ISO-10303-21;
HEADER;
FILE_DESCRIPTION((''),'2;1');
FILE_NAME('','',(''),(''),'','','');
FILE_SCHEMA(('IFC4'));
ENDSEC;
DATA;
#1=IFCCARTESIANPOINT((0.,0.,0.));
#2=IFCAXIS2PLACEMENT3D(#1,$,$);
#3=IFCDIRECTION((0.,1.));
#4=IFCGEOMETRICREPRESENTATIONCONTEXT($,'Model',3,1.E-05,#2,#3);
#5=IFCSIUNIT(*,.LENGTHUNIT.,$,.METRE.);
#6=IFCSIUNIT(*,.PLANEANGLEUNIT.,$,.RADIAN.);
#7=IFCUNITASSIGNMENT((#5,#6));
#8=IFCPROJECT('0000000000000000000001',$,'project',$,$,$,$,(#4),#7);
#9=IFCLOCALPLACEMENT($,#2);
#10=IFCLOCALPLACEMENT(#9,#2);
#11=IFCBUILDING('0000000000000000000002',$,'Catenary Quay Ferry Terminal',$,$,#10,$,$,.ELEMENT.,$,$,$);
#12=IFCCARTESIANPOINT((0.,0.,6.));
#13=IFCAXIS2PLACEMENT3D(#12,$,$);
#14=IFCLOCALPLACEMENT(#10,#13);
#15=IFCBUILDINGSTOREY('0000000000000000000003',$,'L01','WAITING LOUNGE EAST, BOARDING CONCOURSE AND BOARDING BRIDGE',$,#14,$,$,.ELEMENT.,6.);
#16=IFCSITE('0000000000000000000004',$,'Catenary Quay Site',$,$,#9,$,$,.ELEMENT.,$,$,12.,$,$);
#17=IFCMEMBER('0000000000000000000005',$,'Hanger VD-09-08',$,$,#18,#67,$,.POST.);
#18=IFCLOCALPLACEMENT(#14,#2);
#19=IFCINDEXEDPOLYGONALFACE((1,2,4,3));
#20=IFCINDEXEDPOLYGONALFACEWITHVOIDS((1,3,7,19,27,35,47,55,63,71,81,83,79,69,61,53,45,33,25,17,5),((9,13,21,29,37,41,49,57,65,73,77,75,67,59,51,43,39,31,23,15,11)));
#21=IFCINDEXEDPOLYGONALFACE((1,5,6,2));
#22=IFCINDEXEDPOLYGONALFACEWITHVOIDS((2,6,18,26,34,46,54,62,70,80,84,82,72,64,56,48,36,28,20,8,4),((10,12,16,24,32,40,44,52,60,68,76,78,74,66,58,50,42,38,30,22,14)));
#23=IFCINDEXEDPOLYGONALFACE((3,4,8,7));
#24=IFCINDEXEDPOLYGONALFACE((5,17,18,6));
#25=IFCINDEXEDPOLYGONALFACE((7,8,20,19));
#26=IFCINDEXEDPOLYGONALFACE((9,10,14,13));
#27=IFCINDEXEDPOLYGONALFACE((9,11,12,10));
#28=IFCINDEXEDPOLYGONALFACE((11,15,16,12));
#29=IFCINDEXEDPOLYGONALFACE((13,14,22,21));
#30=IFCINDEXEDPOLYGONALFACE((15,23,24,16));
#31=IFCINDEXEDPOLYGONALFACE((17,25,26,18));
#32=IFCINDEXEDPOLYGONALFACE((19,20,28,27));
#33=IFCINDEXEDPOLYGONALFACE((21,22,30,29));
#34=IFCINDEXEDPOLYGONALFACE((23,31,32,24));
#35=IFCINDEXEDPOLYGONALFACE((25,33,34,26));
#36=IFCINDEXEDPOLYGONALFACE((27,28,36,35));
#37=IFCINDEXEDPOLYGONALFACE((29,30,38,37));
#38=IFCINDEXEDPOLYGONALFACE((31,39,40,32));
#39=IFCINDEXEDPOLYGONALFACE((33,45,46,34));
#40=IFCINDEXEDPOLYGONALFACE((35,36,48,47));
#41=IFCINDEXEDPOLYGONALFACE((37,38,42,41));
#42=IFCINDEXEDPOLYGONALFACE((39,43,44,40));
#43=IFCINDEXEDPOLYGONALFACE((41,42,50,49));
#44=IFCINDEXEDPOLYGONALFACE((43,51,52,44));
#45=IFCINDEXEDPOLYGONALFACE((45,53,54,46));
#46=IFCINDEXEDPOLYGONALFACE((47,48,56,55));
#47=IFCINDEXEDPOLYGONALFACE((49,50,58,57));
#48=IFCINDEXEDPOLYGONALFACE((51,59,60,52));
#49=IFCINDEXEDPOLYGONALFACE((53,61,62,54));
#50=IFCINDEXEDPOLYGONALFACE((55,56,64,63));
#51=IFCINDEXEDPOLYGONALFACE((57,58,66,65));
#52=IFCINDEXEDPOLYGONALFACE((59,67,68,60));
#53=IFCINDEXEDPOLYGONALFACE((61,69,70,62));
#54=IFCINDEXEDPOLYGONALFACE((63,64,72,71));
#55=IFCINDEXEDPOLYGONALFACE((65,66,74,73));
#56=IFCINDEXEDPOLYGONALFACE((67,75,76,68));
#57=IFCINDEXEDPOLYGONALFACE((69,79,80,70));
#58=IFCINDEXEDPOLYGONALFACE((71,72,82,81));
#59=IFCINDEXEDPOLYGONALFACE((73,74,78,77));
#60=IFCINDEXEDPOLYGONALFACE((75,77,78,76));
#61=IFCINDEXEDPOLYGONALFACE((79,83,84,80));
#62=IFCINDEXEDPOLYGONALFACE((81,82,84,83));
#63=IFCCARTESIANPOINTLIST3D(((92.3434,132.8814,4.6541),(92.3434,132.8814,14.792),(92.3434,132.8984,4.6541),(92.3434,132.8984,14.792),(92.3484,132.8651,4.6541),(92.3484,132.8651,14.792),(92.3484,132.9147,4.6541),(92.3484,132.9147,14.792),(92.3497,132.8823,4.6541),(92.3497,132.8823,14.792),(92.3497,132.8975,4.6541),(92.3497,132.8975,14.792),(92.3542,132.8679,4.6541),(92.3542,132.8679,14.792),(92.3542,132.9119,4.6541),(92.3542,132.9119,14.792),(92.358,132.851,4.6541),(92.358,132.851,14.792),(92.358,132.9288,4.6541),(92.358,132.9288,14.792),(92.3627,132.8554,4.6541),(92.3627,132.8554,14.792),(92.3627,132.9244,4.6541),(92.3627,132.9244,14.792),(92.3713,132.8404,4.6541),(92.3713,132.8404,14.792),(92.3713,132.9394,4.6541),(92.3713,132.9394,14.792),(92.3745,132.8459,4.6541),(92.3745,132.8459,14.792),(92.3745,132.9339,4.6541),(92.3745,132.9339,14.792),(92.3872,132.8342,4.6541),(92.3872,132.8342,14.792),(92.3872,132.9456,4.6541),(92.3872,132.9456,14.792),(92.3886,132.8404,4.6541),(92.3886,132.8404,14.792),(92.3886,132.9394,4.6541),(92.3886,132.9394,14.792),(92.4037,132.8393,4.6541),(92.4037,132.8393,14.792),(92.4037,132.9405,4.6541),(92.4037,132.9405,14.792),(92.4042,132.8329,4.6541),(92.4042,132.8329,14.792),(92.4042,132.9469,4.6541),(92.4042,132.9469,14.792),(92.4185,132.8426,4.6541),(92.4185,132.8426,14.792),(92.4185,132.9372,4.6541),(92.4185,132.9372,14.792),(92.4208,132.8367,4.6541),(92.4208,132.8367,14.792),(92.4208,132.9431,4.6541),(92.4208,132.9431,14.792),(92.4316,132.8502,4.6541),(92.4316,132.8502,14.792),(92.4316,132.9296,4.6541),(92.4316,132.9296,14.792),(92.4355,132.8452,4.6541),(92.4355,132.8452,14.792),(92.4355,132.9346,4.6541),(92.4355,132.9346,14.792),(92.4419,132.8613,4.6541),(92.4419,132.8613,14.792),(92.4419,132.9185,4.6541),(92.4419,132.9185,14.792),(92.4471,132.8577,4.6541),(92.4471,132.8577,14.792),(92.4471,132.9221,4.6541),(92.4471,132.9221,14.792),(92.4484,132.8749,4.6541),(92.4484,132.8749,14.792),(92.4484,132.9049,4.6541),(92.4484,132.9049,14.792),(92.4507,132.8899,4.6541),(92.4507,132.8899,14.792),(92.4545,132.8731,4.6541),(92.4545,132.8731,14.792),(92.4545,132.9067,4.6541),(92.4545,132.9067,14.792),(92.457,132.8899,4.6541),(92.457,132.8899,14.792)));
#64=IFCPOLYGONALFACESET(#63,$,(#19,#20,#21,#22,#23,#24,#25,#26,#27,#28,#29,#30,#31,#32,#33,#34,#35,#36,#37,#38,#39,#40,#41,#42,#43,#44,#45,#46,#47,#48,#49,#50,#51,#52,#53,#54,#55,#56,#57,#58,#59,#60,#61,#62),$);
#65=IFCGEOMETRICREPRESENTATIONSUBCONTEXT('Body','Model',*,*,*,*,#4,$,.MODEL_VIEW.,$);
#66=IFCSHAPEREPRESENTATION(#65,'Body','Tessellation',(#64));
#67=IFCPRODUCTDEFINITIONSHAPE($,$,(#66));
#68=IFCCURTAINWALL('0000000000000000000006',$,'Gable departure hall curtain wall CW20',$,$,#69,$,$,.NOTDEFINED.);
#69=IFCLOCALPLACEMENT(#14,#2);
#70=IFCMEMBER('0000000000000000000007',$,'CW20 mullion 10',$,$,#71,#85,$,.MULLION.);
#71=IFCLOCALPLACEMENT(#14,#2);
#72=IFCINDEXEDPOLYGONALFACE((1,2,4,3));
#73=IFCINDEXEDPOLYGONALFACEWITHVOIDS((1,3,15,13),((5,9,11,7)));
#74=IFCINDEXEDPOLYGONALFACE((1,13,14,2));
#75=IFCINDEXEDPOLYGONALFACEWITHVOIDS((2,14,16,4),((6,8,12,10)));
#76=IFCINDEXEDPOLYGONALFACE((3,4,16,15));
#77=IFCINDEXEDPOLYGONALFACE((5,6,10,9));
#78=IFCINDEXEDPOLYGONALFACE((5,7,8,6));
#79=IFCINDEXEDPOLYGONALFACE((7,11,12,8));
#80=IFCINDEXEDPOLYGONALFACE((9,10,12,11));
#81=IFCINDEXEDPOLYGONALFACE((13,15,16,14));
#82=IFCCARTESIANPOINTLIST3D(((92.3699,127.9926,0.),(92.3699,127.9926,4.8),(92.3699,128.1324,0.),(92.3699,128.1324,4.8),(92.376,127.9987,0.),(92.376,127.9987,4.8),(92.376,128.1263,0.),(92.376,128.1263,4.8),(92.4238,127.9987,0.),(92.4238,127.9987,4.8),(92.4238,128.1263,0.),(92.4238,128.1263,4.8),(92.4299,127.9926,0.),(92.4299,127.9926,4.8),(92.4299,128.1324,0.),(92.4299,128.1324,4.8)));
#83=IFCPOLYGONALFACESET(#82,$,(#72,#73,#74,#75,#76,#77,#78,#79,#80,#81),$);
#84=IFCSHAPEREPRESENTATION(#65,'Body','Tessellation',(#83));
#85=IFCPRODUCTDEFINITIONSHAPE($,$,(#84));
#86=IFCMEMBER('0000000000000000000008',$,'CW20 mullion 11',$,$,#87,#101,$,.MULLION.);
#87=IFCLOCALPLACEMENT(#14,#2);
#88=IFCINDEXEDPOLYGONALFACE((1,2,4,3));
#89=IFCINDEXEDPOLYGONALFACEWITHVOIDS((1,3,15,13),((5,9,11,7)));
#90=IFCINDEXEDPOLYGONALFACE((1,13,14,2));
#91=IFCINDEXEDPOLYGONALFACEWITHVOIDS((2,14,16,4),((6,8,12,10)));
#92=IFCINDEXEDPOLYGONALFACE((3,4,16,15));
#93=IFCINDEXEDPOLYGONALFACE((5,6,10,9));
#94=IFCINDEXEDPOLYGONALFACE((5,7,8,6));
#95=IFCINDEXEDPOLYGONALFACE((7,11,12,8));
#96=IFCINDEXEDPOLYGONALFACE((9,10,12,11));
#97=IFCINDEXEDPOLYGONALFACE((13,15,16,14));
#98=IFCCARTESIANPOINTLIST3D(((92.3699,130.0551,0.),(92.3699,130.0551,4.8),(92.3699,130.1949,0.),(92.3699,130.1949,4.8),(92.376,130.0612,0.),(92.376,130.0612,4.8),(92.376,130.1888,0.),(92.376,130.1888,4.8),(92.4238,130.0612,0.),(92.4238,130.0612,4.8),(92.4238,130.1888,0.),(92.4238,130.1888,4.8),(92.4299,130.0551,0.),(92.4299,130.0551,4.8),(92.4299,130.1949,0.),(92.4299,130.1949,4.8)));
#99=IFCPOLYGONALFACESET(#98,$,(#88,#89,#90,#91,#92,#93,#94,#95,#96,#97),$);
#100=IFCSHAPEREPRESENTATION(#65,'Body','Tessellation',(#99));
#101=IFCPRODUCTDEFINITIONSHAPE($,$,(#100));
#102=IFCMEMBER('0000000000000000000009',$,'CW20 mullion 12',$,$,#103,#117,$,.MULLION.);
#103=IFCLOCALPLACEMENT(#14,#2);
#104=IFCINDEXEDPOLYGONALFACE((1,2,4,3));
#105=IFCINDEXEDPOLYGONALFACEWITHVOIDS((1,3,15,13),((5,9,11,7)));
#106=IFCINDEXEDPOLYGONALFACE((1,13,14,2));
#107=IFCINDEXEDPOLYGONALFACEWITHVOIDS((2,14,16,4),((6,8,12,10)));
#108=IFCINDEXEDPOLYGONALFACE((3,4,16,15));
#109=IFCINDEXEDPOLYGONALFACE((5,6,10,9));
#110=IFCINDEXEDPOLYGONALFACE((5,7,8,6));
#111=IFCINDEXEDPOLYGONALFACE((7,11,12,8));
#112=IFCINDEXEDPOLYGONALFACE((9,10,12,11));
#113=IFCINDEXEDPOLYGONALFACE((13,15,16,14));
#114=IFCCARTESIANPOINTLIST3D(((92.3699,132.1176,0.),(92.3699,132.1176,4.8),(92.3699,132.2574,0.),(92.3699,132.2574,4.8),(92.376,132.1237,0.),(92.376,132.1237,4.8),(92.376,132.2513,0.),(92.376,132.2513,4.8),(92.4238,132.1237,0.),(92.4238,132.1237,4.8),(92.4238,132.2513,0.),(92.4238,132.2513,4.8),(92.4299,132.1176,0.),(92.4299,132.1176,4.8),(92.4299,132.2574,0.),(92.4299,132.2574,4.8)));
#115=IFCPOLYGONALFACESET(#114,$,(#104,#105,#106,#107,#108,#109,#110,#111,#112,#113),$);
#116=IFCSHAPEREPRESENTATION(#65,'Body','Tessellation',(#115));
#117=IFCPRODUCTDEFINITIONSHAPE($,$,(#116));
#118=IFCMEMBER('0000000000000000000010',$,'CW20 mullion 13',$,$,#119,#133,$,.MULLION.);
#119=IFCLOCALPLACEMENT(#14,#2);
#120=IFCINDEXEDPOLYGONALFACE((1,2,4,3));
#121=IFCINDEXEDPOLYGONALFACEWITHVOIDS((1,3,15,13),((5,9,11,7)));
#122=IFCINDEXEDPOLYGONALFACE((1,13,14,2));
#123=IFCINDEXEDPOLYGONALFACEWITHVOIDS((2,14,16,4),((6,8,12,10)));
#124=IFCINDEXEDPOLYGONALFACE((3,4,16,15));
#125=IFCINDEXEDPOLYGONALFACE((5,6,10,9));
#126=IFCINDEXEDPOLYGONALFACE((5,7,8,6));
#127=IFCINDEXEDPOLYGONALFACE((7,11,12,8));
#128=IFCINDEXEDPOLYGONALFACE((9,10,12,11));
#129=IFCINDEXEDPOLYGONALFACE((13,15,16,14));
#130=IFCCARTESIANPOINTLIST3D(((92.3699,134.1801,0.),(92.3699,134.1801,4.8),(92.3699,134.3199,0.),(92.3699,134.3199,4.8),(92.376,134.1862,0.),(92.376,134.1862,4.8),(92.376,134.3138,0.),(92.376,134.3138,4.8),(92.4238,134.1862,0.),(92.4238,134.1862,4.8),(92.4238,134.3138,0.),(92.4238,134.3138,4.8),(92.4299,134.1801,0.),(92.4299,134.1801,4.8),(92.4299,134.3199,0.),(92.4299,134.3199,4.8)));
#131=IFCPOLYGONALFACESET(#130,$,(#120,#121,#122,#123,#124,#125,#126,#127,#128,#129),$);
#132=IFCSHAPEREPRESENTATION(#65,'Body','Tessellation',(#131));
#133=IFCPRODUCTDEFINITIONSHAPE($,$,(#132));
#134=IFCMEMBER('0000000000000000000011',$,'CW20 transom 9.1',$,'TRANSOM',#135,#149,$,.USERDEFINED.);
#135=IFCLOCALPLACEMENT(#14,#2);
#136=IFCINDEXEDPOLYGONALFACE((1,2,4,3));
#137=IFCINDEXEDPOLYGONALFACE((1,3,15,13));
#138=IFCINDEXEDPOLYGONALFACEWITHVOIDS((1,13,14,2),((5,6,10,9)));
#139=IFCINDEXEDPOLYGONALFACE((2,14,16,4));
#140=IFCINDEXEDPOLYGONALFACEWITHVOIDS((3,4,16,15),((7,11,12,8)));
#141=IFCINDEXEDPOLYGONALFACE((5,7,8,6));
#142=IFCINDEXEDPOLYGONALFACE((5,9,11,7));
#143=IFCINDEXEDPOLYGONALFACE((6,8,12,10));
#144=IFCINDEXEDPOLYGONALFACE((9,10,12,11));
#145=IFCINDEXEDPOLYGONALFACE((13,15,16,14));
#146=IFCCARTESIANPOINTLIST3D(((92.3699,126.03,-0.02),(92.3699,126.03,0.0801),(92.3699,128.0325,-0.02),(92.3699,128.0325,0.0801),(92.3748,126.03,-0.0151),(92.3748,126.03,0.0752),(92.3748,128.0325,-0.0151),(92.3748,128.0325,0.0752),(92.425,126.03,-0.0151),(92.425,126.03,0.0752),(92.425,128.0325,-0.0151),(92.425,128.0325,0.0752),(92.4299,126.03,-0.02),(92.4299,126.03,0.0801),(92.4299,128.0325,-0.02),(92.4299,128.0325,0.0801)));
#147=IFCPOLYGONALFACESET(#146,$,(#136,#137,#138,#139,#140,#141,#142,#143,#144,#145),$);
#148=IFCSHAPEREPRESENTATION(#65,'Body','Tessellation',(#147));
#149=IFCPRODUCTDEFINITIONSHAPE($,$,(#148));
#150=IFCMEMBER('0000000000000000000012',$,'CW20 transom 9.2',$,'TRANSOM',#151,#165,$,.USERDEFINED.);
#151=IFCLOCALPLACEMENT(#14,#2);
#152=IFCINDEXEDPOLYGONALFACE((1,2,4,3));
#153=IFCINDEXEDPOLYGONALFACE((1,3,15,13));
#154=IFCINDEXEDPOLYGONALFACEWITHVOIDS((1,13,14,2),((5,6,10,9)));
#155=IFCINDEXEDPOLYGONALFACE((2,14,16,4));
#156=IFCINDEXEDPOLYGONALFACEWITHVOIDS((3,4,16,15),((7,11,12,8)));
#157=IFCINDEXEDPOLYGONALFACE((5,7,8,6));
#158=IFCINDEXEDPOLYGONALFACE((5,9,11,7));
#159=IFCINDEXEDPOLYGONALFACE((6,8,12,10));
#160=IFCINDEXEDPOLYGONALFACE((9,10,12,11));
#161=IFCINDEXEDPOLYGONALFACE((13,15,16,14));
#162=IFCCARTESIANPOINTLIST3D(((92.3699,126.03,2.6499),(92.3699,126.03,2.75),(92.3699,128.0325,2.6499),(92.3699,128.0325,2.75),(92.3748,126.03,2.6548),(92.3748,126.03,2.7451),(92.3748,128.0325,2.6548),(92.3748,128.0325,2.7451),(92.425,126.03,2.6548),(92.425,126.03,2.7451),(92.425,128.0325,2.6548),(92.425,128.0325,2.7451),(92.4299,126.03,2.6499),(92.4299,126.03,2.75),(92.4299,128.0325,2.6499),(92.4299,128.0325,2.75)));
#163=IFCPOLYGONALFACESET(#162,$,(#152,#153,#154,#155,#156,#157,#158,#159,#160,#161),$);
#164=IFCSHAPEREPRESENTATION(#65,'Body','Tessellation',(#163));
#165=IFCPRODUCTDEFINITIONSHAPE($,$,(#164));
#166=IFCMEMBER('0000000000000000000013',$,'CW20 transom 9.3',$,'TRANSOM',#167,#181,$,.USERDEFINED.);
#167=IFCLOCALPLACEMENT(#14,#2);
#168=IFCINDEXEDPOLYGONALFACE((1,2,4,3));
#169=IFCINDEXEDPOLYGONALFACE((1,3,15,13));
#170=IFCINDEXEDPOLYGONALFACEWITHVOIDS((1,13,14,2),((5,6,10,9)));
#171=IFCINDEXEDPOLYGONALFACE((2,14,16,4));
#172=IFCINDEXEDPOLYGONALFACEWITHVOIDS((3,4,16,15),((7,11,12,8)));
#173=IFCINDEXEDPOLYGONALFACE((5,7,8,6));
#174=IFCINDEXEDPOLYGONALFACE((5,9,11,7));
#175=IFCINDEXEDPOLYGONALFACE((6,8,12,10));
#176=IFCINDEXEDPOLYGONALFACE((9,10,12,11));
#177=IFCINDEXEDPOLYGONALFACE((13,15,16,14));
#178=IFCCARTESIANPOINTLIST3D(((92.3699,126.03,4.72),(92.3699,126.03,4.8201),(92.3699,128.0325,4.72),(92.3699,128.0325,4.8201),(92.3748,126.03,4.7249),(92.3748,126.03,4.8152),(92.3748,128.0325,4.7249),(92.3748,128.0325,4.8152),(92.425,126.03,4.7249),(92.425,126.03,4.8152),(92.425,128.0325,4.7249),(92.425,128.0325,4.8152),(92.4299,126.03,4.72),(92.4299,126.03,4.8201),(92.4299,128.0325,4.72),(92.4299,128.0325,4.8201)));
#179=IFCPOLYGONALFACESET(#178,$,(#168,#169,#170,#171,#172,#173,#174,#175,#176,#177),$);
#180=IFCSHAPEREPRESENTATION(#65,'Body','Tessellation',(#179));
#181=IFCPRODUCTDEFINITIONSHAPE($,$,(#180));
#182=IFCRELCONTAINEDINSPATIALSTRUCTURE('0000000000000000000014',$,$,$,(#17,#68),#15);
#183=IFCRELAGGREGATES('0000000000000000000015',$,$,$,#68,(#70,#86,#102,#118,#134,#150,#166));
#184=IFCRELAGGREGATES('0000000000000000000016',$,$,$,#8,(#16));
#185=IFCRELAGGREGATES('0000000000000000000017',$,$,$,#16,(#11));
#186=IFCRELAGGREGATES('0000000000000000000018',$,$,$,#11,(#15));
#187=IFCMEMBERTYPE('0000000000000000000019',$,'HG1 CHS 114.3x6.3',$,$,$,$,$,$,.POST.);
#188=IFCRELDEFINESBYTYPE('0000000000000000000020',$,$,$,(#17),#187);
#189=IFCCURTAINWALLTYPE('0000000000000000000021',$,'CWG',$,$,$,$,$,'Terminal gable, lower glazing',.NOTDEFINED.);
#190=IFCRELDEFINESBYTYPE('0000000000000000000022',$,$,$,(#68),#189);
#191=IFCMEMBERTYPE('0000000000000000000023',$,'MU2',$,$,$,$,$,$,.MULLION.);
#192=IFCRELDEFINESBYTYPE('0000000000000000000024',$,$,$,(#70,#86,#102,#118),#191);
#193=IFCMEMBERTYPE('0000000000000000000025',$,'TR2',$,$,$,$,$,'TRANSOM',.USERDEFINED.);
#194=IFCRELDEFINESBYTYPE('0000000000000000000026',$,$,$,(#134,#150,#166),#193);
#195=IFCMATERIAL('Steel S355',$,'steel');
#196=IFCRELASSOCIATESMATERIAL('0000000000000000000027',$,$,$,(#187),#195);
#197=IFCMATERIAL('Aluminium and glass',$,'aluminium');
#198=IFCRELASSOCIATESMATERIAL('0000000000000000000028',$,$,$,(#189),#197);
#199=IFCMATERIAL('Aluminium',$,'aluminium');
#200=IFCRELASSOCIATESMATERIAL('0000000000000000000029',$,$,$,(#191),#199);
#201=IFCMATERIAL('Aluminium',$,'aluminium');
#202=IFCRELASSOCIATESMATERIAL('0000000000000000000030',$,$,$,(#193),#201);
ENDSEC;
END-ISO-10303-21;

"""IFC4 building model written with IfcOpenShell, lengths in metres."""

from ifc_helpers import new_model, si_unit, direction, frame, origin, origin_2d, place, context, subcontext, project, spatial, hollow_rectangle, hollow_circle, extrude, material, material_profile, profile_set, type_object, element, aggregate, save


model = new_model("IFC4")

# Units and contexts
model_context = context("Model", 3, precision=1e-05, world=origin(), true_north=direction((0.0, 1.0)))
body_context = subcontext(model_context, "Body", "Model", "MODEL_VIEW")
ifc_project = project(units=[si_unit("LENGTHUNIT", "METRE"), si_unit("PLANEANGLEUNIT", "RADIAN")], contexts=[model_context])

# Site, building, storey
site_placement = place(None, origin())
site = spatial("IfcSite", under=ifc_project, at=site_placement, Name="Catenary Quay Site", CompositionType="ELEMENT", RefElevation=12.0)
building_placement = place(site_placement, origin())
building = spatial("IfcBuilding", under=site, at=building_placement, Name="Catenary Quay Ferry Terminal", CompositionType="ELEMENT")
storey_placement = place(building_placement, frame((0.0, 0.0, 6.0)))
storey = spatial("IfcBuildingStorey", under=building, at=storey_placement, Name="L01", Description="WAITING LOUNGE EAST, BOARDING CONCOURSE AND BOARDING BRIDGE", CompositionType="ELEMENT", Elevation=6.0)

# Member
ifc_material_1 = material(Name="Steel S355", Category="steel")
ifc_material_profile_1 = material_profile(ifc_material_1, hollow_circle(Radius=0.0571, WallThickness=0.0063, at=origin_2d()), Name="CHS 114.3x6.3")
ifc_profile_set_1 = profile_set([ifc_material_profile_1], Name="Steel S355")
member_type_1 = type_object("IfcMemberType", Name="HG1 CHS 114.3x6.3", PredefinedType="POST", material=ifc_profile_set_1)
member_1_placement = place(storey_placement, frame((92.3999, 132.8899, 4.6541), z_axis=(0.0, 0.0, 1.0), x_axis=(1.0, 0.0, 0.0)))
element("IfcMember", 1, at=member_1_placement, inside=storey, type_object=member_type_1, Name="Hanger VD-09-08", PredefinedType="POST", context=body_context, shape_type="SweptSolid", body=[
    extrude(hollow_circle(Radius=0.0571, WallThickness=0.0063, at=origin_2d()), origin(), (0.0, 0.0, 1.0), 10.1379),
])

# Curtain wall, members
ifc_material_2 = material(Name="Aluminium and glass", Category="aluminium")
curtain_wall_type = type_object("IfcCurtainWallType", Name="CWG", ElementType="Terminal gable, lower glazing", PredefinedType="NOTDEFINED", material=ifc_material_2)
curtain_wall_placement = place(storey_placement, origin())
curtain_wall = element("IfcCurtainWall", 2, at=curtain_wall_placement, inside=storey, type_object=curtain_wall_type, Name="Gable departure hall curtain wall CW20", PredefinedType="NOTDEFINED")
ifc_material_3 = material(Name="Aluminium", Category="aluminium")
ifc_material_profile_2 = material_profile(ifc_material_3, hollow_rectangle(XDim=0.0601, YDim=0.1399, WallThickness=0.0061, at=origin_2d()), Name="MU2")
ifc_profile_set_2 = profile_set([ifc_material_profile_2], Name="Aluminium")
member_type_2 = type_object("IfcMemberType", Name="MU2", PredefinedType="MULLION", material=ifc_profile_set_2)
member_2_placement = place(storey_placement, frame((92.3999, 128.0625, 0.0), z_axis=(0.0, 0.0, 1.0), x_axis=(-1.0, 0.0, 0.0)))
member_2 = element("IfcMember", 3, at=member_2_placement, type_object=member_type_2, Name="CW20 mullion 10", PredefinedType="MULLION", context=body_context, shape_type="SweptSolid", body=[
    extrude(hollow_rectangle(XDim=0.0601, YDim=0.1399, WallThickness=0.0061, at=origin_2d()), origin(), (0.0, 0.0, 1.0), 4.8),
])
member_3_placement = place(storey_placement, frame((92.3999, 130.125, 0.0), z_axis=(0.0, 0.0, 1.0), x_axis=(-1.0, 0.0, 0.0)))
member_3 = element("IfcMember", 4, at=member_3_placement, type_object=member_type_2, Name="CW20 mullion 11", PredefinedType="MULLION", context=body_context, shape_type="SweptSolid", body=[
    extrude(hollow_rectangle(XDim=0.0601, YDim=0.1399, WallThickness=0.0061, at=origin_2d()), origin(), (0.0, 0.0, 1.0), 4.8),
])
member_4_placement = place(storey_placement, frame((92.3999, 132.1875, 0.0), z_axis=(0.0, 0.0, 1.0), x_axis=(-1.0, 0.0, 0.0)))
member_4 = element("IfcMember", 5, at=member_4_placement, type_object=member_type_2, Name="CW20 mullion 12", PredefinedType="MULLION", context=body_context, shape_type="SweptSolid", body=[
    extrude(hollow_rectangle(XDim=0.0601, YDim=0.1399, WallThickness=0.0061, at=origin_2d()), origin(), (0.0, 0.0, 1.0), 4.8),
])
member_5_placement = place(storey_placement, frame((92.3999, 134.25, 0.0), z_axis=(0.0, 0.0, 1.0), x_axis=(-1.0, 0.0, 0.0)))
member_5 = element("IfcMember", 6, at=member_5_placement, type_object=member_type_2, Name="CW20 mullion 13", PredefinedType="MULLION", context=body_context, shape_type="SweptSolid", body=[
    extrude(hollow_rectangle(XDim=0.0601, YDim=0.1399, WallThickness=0.0061, at=origin_2d()), origin(), (0.0, 0.0, 1.0), 4.8),
])
ifc_material_4 = material(Name="Aluminium", Category="aluminium")
ifc_material_profile_3 = material_profile(ifc_material_4, hollow_rectangle(XDim=0.0601, YDim=0.1001, WallThickness=0.0049, at=origin_2d()), Name="TR2")
ifc_profile_set_3 = profile_set([ifc_material_profile_3], Name="Aluminium")
member_type_3 = type_object("IfcMemberType", Name="TR2", ElementType="TRANSOM", PredefinedType="USERDEFINED", material=ifc_profile_set_3)
member_6_placement = place(storey_placement, frame((92.3999, 126.03, 0.03), z_axis=(0.0, 1.0, 0.0), x_axis=(-1.0, 0.0, 0.0)))
member_6 = element("IfcMember", 7, at=member_6_placement, type_object=member_type_3, Name="CW20 transom 9.1", ObjectType="TRANSOM", PredefinedType="USERDEFINED", context=body_context, shape_type="SweptSolid", body=[
    extrude(hollow_rectangle(XDim=0.0601, YDim=0.1001, WallThickness=0.0049, at=origin_2d()), origin(), (0.0, 0.0, 1.0), 2.0024),
])
member_7_placement = place(storey_placement, frame((92.3999, 126.03, 2.7), z_axis=(0.0, 1.0, 0.0), x_axis=(-1.0, 0.0, 0.0)))
member_7 = element("IfcMember", 8, at=member_7_placement, type_object=member_type_3, Name="CW20 transom 9.2", ObjectType="TRANSOM", PredefinedType="USERDEFINED", context=body_context, shape_type="SweptSolid", body=[
    extrude(hollow_rectangle(XDim=0.0601, YDim=0.1001, WallThickness=0.0049, at=origin_2d()), origin(), (0.0, 0.0, 1.0), 2.0024),
])
member_8_placement = place(storey_placement, frame((92.3999, 126.03, 4.77), z_axis=(0.0, 1.0, 0.0), x_axis=(-1.0, 0.0, 0.0)))
member_8 = element("IfcMember", 9, at=member_8_placement, type_object=member_type_3, Name="CW20 transom 9.3", ObjectType="TRANSOM", PredefinedType="USERDEFINED", context=body_context, shape_type="SweptSolid", body=[
    extrude(hollow_rectangle(XDim=0.0601, YDim=0.1001, WallThickness=0.0049, at=origin_2d()), origin(), (0.0, 0.0, 1.0), 2.0024),
])
aggregate(curtain_wall, [member_2, member_3, member_4, member_5, member_6, member_7, member_8])

save(model, "model.ifc")
